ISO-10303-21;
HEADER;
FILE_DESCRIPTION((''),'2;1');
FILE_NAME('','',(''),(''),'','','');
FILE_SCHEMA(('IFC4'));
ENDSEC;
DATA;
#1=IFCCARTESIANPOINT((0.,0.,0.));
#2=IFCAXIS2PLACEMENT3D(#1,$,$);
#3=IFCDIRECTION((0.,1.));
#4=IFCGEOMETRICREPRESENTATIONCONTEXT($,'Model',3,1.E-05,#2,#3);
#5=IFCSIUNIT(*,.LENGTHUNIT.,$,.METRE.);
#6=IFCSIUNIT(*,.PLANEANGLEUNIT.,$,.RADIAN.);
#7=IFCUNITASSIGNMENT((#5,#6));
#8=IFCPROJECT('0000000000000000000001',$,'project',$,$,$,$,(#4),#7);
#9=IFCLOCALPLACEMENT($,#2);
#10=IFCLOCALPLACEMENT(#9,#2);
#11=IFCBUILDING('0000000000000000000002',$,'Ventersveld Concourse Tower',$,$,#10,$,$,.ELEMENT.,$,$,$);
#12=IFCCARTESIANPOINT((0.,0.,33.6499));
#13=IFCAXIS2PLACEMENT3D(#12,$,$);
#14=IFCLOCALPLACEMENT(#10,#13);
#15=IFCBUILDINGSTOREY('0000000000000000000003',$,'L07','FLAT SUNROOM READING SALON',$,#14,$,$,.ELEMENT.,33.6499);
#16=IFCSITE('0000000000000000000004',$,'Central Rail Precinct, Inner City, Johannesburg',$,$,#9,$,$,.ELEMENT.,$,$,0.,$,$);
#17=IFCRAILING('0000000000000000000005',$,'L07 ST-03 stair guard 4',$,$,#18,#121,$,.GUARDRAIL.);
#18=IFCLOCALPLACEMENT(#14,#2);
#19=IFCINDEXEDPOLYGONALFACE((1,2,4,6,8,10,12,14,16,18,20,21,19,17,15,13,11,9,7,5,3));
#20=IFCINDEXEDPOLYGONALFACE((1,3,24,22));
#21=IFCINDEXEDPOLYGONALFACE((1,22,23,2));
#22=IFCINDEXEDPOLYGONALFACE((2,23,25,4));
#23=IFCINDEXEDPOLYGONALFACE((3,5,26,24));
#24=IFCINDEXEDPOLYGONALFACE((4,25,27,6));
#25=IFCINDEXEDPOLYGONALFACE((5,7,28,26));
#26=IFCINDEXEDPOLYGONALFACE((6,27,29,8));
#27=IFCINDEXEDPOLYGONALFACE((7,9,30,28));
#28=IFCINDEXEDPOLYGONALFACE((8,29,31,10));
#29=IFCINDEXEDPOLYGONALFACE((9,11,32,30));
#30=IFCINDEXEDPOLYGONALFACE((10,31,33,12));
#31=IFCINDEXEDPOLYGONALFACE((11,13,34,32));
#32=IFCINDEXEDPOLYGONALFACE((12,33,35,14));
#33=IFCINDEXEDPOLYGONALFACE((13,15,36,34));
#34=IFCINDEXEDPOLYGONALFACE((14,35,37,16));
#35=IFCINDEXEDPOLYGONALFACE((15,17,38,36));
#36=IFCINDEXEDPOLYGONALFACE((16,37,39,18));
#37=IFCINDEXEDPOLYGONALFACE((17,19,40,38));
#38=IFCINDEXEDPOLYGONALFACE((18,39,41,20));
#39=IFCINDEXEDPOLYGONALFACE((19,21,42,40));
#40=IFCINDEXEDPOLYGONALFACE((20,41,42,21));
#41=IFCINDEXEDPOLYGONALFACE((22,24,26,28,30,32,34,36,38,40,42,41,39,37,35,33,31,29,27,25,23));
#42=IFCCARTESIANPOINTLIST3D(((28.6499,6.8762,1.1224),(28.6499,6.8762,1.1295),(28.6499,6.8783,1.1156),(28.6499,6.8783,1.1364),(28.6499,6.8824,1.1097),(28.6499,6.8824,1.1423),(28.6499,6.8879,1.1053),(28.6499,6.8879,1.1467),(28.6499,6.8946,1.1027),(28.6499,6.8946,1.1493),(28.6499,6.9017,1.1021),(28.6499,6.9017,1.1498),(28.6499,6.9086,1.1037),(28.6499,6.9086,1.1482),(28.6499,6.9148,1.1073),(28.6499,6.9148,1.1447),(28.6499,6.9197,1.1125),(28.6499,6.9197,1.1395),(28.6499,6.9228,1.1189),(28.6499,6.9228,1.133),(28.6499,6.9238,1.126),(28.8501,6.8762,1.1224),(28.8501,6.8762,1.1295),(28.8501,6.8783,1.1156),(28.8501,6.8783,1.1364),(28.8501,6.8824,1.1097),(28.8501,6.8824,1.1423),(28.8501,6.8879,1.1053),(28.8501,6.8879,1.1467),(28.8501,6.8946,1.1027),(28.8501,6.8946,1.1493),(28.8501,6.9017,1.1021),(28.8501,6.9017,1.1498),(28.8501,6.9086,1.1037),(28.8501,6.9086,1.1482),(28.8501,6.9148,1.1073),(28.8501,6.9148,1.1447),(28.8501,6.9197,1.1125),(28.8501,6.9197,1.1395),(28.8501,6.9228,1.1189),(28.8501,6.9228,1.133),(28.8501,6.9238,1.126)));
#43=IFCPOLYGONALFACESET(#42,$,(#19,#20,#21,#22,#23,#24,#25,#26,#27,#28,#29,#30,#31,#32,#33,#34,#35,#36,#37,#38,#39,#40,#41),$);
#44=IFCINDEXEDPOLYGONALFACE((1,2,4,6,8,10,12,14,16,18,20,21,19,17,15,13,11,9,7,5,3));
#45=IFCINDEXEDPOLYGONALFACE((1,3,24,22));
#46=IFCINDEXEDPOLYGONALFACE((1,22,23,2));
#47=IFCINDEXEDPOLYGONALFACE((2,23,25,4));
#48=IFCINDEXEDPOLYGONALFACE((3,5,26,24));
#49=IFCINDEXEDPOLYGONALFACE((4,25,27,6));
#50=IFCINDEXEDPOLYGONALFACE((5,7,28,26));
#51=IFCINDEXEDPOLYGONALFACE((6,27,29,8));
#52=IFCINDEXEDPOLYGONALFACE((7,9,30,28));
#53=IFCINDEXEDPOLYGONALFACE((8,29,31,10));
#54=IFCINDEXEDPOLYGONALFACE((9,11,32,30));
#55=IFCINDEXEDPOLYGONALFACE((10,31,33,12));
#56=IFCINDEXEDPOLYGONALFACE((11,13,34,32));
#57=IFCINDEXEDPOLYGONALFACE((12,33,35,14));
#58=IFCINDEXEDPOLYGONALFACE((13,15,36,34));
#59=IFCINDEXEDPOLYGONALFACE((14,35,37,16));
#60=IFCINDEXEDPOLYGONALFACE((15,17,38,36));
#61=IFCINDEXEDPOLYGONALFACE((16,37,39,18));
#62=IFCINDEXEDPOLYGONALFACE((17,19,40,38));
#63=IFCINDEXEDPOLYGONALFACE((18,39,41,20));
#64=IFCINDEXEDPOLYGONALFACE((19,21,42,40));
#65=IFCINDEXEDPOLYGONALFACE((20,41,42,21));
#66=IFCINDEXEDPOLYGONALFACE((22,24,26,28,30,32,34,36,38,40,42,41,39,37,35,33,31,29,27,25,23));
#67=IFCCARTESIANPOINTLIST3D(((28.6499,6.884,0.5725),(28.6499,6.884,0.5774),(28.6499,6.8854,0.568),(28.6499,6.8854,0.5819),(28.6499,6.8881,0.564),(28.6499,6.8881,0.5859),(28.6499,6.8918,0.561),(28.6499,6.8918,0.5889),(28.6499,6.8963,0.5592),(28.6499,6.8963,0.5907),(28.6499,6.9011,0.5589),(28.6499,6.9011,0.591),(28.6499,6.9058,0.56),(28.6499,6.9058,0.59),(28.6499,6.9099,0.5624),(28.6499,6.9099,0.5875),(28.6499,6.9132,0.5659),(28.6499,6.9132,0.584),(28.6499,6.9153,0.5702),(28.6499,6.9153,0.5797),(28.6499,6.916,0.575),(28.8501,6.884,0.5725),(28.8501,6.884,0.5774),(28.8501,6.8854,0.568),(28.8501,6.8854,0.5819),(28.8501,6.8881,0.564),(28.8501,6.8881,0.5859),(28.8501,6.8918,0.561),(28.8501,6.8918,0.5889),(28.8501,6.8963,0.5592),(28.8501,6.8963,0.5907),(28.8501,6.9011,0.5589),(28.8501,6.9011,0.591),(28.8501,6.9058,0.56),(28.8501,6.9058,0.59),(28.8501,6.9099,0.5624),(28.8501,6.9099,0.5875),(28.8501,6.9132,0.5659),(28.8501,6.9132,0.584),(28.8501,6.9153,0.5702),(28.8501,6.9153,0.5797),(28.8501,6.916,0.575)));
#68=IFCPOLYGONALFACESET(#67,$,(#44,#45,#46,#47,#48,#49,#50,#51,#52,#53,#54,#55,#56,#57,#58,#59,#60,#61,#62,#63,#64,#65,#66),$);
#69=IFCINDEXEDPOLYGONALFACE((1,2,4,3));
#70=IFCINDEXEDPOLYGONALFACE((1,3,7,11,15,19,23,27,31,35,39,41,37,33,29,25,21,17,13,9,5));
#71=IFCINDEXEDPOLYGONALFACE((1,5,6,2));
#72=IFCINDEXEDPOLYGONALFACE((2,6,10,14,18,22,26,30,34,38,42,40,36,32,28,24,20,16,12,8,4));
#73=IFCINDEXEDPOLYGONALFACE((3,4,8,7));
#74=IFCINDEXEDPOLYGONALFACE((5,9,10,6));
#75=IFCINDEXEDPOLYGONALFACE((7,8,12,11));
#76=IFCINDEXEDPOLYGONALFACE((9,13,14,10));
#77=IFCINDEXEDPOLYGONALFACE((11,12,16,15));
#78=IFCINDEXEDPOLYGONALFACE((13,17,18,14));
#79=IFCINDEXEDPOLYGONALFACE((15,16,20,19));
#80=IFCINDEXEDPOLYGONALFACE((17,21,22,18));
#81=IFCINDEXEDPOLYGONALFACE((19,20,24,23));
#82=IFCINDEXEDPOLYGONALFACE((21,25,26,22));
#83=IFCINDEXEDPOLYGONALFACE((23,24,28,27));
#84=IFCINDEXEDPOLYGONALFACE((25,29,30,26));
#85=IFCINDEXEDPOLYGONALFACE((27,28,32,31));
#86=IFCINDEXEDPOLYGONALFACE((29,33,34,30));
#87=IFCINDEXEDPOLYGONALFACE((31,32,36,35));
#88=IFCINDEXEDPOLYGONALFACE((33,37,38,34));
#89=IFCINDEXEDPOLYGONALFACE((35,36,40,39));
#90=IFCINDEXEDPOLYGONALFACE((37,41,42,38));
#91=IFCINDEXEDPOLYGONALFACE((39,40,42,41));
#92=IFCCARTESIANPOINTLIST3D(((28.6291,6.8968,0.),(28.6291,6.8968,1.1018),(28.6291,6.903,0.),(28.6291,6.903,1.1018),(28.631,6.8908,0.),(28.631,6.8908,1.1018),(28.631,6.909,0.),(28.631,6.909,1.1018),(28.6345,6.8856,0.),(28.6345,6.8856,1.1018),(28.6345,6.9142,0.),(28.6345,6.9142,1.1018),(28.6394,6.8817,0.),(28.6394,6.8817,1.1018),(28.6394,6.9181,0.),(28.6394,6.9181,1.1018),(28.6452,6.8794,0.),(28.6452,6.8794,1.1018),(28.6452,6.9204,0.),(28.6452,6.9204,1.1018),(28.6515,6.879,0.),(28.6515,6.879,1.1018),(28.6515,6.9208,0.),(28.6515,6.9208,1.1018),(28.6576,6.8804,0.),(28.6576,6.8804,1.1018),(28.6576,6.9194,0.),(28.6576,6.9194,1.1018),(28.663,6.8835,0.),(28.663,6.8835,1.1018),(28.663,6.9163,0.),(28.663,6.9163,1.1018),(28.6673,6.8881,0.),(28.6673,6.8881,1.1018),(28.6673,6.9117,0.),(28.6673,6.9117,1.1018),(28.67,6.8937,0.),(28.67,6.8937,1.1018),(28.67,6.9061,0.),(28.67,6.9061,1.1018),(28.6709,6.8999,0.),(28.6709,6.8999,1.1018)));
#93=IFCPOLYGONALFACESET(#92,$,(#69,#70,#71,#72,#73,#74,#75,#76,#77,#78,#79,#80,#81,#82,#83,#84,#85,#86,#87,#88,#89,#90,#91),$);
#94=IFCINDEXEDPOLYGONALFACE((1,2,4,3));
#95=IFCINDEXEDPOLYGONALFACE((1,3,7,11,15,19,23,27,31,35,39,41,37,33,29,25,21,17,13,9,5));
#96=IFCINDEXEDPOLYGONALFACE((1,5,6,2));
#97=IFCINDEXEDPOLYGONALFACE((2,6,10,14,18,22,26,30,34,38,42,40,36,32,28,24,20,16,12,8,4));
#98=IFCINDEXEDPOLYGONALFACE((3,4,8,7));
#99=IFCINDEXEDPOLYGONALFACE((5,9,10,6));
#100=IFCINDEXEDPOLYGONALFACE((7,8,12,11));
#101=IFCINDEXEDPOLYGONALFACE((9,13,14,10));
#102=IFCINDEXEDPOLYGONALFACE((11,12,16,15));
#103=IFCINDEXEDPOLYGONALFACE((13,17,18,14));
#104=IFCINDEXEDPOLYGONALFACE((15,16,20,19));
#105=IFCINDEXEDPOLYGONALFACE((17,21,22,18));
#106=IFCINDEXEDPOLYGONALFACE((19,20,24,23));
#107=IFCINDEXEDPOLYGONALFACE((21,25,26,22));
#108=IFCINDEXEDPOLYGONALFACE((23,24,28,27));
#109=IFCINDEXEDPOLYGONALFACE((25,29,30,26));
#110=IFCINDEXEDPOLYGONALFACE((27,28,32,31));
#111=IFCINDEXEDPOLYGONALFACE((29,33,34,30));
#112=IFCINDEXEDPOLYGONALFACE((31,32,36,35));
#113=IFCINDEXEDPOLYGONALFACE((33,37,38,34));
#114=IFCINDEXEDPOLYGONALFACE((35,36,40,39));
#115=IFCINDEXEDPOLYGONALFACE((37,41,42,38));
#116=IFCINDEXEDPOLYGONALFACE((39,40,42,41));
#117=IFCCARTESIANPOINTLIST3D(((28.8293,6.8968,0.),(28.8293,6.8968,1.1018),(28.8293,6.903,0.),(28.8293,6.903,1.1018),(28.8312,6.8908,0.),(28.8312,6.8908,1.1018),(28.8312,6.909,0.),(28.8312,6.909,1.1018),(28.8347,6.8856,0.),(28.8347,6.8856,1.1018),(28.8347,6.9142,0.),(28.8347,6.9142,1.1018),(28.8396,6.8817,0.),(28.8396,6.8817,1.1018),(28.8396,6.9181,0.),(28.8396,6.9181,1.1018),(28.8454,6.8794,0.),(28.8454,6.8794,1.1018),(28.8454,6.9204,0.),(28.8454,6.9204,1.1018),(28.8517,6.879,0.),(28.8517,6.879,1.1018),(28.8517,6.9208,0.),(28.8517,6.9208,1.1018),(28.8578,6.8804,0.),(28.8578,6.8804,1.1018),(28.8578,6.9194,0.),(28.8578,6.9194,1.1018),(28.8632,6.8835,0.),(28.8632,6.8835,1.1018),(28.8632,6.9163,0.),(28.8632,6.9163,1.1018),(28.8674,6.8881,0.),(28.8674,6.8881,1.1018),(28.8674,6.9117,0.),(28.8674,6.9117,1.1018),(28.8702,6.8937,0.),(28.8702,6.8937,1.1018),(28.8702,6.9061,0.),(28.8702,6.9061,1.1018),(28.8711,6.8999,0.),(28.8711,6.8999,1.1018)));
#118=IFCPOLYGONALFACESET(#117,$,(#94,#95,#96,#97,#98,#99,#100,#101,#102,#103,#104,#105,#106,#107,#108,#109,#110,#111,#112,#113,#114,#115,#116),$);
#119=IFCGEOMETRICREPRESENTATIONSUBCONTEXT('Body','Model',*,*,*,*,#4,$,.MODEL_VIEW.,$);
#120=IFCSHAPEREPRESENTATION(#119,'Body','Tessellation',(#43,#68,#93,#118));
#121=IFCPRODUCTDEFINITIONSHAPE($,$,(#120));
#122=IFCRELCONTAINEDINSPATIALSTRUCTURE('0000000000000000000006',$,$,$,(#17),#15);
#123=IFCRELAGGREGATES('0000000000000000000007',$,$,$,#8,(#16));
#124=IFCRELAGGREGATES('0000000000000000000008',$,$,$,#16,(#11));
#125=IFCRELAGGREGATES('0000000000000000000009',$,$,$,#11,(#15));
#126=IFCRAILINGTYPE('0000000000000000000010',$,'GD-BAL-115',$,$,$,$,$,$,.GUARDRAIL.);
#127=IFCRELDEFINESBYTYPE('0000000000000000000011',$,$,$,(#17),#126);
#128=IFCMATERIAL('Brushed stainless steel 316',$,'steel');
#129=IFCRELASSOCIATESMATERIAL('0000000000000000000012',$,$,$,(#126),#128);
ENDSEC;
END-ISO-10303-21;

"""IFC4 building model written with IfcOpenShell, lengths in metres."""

from ifc_helpers import new_model, si_unit, direction, frame, origin, origin_2d, place, context, subcontext, project, spatial, circle, extrude, material, type_object, element, save


model = new_model("IFC4")

# Units and contexts
model_context = context("Model", 3, precision=1e-05, world=origin(), true_north=direction((0.0, 1.0)))
body_context = subcontext(model_context, "Body", "Model", "MODEL_VIEW")
ifc_project = project(units=[si_unit("LENGTHUNIT", "METRE"), si_unit("PLANEANGLEUNIT", "RADIAN")], contexts=[model_context])

# Site, building, storey
site_placement = place(None, origin())
site = spatial("IfcSite", under=ifc_project, at=site_placement, Name="Central Rail Precinct, Inner City, Johannesburg", CompositionType="ELEMENT", RefElevation=0.0)
building_placement = place(site_placement, origin())
building = spatial("IfcBuilding", under=site, at=building_placement, Name="Ventersveld Concourse Tower", CompositionType="ELEMENT")
storey_placement = place(building_placement, frame((0.0, 0.0, 33.6499)))
storey = spatial("IfcBuildingStorey", under=building, at=storey_placement, Name="L07", Description="FLAT SUNROOM READING SALON", CompositionType="ELEMENT", Elevation=33.6499)

# Shared definitions
ifc_material_1 = material(Name="Brushed stainless steel 316", Category="steel")

# Railing
railing_type = type_object("IfcRailingType", Name="GD-BAL-115", PredefinedType="GUARDRAIL", material=ifc_material_1)
railing_1_placement = place(storey_placement, frame((28.6499, 6.8999, 0.0)))
element("IfcRailing", 1, at=railing_1_placement, inside=storey, type_object=railing_type, Name="L07 ST-03 stair guard 4", PredefinedType="GUARDRAIL", context=body_context, shape_type="SweptSolid", body=[
    extrude(circle(Radius=0.0239, at=origin_2d()), frame((0.0, 0.0, 1.126), z_axis=(1.0, 0.0, 0.0), x_axis=(0.0, 1.0, 0.0)), (0.0, 0.0, 1.0), 0.2002),
    extrude(circle(Radius=0.0161, at=origin_2d()), frame((0.0, 0.0, 0.575), z_axis=(1.0, 0.0, 0.0), x_axis=(0.0, 1.0, 0.0)), (0.0, 0.0, 1.0), 0.2002),
    extrude(circle(Radius=0.021, at=origin_2d()), origin(), (0.0, 0.0, 1.0), 1.1018),
    extrude(circle(Radius=0.021, at=origin_2d()), frame((0.2002, 0.0, 0.0)), (0.0, 0.0, 1.0), 1.1018),
])

save(model, "model.ifc")
